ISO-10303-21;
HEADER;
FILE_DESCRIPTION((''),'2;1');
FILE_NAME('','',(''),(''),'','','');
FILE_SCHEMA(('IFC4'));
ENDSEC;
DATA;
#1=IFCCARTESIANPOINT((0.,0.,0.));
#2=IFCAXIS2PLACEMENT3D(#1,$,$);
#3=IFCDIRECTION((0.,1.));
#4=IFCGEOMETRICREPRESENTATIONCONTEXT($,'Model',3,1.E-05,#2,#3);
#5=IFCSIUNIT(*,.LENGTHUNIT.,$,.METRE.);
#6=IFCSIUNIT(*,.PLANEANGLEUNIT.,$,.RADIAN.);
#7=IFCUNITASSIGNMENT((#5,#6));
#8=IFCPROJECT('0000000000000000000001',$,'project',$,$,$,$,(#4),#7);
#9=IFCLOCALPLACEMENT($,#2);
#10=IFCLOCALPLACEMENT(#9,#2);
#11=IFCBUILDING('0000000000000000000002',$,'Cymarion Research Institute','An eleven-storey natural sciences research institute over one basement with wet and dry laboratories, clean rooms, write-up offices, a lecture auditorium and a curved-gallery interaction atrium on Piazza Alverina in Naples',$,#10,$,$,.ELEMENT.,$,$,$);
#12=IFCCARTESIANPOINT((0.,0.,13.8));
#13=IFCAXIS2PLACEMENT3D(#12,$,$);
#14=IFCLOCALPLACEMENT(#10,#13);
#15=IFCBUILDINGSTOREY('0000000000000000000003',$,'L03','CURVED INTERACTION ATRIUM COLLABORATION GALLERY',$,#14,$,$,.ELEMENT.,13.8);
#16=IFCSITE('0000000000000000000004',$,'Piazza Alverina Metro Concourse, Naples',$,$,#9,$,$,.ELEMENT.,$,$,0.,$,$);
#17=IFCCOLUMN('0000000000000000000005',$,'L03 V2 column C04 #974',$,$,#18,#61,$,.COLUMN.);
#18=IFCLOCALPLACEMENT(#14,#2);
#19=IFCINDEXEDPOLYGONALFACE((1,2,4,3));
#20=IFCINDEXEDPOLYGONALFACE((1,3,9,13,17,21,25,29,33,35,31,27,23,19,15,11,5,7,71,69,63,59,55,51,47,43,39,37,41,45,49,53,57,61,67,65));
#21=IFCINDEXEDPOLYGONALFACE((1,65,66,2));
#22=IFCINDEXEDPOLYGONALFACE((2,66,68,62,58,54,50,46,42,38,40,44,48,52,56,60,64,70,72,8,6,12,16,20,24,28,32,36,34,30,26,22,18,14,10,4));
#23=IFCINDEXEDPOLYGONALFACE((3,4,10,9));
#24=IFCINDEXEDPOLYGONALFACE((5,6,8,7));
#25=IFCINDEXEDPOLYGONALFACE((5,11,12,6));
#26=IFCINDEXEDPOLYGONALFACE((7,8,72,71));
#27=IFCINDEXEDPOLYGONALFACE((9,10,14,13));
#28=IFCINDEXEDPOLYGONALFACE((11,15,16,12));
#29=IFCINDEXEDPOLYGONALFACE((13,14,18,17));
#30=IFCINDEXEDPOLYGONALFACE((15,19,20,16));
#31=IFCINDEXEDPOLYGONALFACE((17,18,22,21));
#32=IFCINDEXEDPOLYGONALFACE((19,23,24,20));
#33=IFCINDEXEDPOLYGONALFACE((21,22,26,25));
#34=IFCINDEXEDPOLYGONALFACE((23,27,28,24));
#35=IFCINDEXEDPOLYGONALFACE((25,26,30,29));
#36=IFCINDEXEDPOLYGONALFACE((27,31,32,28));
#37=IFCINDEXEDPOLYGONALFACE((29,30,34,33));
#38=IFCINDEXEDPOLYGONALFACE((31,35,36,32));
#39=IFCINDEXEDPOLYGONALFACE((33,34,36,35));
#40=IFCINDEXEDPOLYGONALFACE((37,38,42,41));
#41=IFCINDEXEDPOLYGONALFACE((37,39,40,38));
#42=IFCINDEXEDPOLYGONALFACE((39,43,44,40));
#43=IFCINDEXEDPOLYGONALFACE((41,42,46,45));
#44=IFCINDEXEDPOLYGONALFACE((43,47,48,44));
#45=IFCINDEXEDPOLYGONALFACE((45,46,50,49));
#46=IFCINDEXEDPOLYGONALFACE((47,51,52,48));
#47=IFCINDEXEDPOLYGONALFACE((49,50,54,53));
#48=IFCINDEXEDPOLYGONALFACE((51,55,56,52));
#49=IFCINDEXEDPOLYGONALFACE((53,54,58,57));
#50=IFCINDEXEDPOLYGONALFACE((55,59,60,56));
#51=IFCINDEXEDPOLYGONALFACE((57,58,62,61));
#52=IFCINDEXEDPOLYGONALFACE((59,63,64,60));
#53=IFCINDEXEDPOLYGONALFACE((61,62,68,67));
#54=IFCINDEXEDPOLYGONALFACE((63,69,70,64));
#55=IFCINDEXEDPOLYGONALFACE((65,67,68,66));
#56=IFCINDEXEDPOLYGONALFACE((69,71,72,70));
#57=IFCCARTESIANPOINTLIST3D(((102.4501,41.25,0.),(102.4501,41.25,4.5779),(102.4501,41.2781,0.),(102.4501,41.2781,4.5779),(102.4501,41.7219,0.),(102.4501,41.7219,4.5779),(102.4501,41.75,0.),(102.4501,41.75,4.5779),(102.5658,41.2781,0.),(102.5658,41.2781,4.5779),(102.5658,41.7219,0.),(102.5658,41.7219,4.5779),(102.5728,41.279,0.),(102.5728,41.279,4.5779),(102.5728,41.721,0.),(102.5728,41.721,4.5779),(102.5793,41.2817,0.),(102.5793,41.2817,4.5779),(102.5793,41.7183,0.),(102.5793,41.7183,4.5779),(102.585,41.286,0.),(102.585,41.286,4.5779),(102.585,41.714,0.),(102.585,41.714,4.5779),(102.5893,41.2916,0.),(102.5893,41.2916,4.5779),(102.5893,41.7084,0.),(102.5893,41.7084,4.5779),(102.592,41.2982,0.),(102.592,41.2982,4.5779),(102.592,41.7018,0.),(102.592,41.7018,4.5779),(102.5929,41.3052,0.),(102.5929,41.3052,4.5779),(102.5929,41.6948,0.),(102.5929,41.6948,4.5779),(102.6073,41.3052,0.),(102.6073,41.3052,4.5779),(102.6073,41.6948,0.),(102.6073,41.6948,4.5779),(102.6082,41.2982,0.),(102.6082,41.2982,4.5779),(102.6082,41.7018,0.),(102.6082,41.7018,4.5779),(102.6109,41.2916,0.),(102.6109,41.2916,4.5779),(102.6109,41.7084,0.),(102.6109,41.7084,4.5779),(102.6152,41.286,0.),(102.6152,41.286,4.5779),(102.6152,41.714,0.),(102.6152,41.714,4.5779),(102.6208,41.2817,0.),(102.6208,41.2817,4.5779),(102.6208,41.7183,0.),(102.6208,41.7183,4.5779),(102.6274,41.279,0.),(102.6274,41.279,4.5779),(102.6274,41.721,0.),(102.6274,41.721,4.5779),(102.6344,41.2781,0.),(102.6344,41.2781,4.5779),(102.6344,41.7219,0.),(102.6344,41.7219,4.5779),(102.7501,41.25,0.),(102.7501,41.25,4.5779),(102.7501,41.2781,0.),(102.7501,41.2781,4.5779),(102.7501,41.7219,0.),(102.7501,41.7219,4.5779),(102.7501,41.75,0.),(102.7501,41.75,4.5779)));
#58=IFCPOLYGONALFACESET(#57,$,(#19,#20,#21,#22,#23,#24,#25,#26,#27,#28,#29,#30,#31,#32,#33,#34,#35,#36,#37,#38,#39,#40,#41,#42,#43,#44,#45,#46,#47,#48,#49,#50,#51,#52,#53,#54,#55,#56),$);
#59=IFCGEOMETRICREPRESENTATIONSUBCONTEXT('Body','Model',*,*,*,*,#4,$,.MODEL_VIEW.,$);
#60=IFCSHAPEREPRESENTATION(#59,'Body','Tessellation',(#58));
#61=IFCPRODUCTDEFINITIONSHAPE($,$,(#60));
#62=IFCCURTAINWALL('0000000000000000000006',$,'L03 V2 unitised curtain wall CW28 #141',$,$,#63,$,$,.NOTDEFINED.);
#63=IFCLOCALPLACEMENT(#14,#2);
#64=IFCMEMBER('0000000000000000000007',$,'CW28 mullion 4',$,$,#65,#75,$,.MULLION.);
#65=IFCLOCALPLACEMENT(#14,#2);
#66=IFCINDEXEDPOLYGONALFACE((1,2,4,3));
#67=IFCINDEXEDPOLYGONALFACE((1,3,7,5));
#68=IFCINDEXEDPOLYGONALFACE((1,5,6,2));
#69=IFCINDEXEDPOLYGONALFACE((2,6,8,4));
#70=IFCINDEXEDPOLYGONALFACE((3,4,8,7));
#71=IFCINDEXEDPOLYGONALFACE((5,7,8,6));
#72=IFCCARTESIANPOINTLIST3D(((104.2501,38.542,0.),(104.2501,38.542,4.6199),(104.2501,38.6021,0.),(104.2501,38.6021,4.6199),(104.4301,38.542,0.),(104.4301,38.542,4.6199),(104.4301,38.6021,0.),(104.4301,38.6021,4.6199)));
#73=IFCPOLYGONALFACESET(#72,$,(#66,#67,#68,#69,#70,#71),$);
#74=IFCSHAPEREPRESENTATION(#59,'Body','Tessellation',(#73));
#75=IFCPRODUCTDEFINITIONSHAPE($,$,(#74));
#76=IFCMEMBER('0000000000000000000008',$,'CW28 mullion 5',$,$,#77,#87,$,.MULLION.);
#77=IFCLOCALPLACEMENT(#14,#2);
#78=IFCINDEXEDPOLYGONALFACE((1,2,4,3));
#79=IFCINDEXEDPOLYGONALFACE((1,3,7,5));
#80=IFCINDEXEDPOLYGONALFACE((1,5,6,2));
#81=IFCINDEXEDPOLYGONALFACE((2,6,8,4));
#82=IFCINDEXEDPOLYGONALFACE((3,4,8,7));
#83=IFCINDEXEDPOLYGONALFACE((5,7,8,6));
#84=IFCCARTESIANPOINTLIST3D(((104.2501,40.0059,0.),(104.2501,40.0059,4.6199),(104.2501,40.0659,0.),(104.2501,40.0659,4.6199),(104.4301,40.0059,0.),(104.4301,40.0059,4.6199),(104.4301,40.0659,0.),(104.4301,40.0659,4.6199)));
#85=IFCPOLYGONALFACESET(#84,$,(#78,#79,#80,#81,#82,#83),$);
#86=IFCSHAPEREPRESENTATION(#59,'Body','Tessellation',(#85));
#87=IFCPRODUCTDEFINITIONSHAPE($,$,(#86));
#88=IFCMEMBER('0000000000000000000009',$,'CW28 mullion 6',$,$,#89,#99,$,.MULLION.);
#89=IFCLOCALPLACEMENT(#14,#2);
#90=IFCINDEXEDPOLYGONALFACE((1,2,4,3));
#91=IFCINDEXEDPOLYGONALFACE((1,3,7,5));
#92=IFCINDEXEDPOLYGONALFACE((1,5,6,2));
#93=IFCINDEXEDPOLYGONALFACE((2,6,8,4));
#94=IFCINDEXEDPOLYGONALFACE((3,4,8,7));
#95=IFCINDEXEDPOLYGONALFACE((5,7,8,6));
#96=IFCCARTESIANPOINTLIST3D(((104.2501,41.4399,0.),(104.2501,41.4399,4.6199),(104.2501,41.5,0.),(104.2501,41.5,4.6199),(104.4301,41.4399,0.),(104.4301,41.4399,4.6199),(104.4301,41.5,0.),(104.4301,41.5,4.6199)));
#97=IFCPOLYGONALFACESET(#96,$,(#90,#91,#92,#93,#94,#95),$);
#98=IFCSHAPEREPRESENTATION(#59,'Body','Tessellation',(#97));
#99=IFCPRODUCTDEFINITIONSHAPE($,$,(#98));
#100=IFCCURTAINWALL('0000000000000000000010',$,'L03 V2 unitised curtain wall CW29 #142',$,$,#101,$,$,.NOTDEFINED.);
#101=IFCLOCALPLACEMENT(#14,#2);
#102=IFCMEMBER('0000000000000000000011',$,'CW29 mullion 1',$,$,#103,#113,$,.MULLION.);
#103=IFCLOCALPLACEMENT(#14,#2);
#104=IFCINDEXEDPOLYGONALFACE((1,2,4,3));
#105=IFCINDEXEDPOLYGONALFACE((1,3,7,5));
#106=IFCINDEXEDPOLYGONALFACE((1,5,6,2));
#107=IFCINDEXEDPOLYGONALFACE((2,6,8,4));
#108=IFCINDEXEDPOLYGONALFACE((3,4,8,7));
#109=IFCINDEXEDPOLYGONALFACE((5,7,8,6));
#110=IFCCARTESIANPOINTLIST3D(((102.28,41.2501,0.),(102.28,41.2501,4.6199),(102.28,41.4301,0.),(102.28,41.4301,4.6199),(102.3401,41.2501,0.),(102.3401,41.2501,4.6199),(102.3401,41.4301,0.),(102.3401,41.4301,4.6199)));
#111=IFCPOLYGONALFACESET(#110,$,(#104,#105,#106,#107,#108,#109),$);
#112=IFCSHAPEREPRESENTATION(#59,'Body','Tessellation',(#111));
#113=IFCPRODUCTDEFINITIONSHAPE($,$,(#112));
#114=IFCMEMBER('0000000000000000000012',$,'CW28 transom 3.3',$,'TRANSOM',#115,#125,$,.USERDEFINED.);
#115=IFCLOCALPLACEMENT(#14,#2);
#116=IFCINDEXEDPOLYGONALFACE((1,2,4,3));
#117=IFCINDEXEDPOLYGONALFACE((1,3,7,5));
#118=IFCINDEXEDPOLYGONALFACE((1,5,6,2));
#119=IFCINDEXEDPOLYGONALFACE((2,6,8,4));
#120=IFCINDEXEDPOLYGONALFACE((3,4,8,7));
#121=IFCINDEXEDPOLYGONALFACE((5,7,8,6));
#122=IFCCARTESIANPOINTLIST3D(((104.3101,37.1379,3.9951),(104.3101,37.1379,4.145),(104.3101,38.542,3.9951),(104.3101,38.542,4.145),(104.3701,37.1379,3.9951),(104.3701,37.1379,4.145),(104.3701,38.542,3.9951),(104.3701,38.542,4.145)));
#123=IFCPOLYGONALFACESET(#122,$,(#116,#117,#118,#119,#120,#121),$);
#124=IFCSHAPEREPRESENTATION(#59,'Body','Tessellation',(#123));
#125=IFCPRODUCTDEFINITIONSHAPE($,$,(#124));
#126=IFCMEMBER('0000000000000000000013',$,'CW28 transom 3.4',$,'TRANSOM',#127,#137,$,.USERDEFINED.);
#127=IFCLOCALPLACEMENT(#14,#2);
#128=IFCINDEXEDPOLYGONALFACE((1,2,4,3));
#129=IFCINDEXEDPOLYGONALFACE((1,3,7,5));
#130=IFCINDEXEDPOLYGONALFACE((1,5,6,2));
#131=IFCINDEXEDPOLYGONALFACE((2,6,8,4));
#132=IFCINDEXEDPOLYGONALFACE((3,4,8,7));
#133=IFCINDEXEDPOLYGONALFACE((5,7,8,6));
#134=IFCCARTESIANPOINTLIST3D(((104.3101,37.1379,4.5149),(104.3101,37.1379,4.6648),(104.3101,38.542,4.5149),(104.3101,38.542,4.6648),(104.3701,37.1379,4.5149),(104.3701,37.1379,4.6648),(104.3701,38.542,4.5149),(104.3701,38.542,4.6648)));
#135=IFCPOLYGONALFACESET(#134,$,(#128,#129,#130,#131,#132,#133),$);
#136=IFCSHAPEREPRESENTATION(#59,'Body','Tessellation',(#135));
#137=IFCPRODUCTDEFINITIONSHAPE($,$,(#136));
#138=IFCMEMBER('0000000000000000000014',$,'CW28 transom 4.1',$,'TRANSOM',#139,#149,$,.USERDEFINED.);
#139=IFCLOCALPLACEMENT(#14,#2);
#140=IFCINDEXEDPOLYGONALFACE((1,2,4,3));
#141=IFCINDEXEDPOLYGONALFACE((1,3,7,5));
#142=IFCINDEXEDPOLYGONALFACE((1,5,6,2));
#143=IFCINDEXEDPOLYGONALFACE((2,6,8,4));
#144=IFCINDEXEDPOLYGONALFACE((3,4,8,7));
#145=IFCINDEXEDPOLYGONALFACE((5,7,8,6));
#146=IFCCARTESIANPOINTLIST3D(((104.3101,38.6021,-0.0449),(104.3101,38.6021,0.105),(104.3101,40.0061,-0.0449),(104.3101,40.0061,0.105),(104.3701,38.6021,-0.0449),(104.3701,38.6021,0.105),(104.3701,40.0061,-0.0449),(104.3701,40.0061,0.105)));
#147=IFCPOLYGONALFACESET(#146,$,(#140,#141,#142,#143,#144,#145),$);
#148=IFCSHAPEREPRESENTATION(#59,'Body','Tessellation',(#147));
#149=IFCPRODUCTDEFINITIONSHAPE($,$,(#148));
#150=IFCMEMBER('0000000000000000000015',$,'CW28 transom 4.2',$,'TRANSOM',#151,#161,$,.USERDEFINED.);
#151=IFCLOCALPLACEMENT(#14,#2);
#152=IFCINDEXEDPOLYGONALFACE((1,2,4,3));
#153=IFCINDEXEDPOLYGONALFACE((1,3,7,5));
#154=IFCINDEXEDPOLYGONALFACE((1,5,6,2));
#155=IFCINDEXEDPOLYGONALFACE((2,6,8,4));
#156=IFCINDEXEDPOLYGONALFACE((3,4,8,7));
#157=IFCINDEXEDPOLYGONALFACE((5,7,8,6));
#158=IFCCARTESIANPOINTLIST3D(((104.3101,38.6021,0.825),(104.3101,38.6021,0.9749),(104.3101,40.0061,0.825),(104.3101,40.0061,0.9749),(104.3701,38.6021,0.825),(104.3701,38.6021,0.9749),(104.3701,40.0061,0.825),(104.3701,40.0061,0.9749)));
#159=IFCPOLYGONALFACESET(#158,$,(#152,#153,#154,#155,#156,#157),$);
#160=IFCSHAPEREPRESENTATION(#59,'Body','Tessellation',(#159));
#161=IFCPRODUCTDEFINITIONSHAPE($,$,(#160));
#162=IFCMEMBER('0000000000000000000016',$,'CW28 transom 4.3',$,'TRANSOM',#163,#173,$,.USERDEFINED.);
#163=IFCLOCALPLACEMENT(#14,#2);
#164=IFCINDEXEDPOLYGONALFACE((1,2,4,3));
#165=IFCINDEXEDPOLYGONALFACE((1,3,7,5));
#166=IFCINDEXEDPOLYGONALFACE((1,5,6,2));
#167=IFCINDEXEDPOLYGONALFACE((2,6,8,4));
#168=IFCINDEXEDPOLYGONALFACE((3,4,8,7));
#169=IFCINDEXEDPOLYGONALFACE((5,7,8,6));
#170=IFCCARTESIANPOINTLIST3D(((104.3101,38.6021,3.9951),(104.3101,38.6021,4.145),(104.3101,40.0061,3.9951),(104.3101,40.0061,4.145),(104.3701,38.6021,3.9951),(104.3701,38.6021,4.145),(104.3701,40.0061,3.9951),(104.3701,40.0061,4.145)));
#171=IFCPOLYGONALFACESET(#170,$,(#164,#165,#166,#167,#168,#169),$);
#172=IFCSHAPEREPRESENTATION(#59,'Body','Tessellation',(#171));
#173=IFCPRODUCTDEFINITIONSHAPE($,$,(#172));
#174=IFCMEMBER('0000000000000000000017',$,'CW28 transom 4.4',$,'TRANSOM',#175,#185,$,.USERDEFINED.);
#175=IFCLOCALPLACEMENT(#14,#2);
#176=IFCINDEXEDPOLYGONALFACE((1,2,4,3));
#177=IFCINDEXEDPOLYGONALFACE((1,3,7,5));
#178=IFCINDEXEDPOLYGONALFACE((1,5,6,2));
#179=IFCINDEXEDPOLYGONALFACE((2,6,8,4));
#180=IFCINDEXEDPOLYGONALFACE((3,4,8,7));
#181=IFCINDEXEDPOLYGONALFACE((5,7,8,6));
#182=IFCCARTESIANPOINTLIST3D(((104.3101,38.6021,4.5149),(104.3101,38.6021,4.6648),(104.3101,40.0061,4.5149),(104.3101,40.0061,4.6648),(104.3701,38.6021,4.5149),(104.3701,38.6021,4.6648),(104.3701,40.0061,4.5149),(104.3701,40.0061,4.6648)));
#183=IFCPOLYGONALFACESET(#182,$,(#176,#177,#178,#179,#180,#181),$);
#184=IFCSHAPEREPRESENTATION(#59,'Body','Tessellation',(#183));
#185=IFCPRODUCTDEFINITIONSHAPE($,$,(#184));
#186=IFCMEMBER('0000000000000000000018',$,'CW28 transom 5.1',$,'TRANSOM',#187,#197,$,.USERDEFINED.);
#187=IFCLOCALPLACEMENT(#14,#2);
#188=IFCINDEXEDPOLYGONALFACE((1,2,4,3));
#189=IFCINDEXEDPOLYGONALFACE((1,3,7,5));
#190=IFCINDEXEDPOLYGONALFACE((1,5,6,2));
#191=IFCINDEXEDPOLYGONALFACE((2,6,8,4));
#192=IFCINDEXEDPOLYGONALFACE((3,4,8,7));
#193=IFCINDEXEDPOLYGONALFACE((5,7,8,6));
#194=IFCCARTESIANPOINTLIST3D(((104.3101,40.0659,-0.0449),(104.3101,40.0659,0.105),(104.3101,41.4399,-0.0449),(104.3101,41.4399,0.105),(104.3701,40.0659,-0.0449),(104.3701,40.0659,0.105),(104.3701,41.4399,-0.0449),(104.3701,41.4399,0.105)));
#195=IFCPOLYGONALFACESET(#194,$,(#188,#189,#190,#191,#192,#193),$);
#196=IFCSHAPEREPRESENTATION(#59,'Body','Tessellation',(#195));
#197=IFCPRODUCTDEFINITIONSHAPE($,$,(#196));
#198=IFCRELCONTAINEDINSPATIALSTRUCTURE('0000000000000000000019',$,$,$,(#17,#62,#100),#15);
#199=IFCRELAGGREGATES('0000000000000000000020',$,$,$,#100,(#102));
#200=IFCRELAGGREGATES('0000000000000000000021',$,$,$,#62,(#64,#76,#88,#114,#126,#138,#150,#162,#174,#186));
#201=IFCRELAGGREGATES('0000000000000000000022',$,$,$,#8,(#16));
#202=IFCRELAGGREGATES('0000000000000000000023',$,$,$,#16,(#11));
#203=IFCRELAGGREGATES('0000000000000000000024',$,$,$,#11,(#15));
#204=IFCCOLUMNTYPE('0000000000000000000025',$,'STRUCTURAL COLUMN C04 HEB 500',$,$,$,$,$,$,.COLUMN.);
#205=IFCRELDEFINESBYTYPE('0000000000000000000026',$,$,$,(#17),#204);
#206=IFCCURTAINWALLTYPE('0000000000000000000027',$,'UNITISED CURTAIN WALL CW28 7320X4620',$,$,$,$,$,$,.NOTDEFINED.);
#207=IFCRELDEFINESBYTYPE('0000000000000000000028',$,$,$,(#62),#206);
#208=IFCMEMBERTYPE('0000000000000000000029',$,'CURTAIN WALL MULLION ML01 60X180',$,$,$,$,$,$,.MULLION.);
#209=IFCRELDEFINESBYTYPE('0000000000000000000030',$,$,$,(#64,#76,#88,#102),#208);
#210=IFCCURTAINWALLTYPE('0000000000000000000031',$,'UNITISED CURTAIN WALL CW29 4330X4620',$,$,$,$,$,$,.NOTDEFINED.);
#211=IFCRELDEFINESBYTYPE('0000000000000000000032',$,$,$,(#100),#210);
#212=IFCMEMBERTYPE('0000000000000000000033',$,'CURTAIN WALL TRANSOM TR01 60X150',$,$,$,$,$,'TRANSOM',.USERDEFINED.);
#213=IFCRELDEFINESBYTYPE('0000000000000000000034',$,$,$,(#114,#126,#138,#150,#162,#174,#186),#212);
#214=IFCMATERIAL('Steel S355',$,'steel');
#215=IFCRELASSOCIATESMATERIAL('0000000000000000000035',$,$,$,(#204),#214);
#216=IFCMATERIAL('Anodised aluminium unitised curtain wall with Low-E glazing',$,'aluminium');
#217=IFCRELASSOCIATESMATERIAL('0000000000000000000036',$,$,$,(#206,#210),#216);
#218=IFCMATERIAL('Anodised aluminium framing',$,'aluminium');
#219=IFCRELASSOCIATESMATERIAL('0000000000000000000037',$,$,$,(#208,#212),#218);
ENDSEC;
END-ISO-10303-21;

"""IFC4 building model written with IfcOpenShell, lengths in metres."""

from ifc_helpers import new_model, si_unit, direction, frame, origin, origin_2d, place, context, subcontext, project, spatial, rectangle, i_section, extrude, material, material_profile, profile_set, type_object, element, aggregate, save


model = new_model("IFC4")

# Units and contexts
model_context = context("Model", 3, precision=1e-05, world=origin(), true_north=direction((0.0, 1.0)))
body_context = subcontext(model_context, "Body", "Model", "MODEL_VIEW")
ifc_project = project(units=[si_unit("LENGTHUNIT", "METRE"), si_unit("PLANEANGLEUNIT", "RADIAN")], contexts=[model_context])

# Site, building, storey
site_placement = place(None, origin())
site = spatial("IfcSite", under=ifc_project, at=site_placement, Name="Piazza Alverina Metro Concourse, Naples", CompositionType="ELEMENT", RefElevation=0.0)
building_placement = place(site_placement, origin())
building = spatial("IfcBuilding", under=site, at=building_placement, Name="Cymarion Research Institute", Description="An eleven-storey natural sciences research institute over one basement with wet and dry laboratories, clean rooms, write-up offices, a lecture auditorium and a curved-gallery interaction atrium on Piazza Alverina in Naples", CompositionType="ELEMENT")
storey_placement = place(building_placement, frame((0.0, 0.0, 13.8)))
storey = spatial("IfcBuildingStorey", under=building, at=storey_placement, Name="L03", Description="CURVED INTERACTION ATRIUM COLLABORATION GALLERY", CompositionType="ELEMENT", Elevation=13.8)

# Column
ifc_material_1 = material(Name="Steel S355", Category="steel")
ifc_material_profile_1 = material_profile(ifc_material_1, i_section(OverallWidth=0.3, OverallDepth=0.5, WebThickness=0.0144, FlangeThickness=0.0281, FilletRadius=0.0271, at=origin_2d()), Name="HEB 500")
ifc_profile_set_1 = profile_set([ifc_material_profile_1], Name="Steel S355")
column_type = type_object("IfcColumnType", Name="STRUCTURAL COLUMN C04 HEB 500", PredefinedType="COLUMN", material=ifc_profile_set_1)
column_placement = place(storey_placement, frame((102.6001, 41.5, 0.0), z_axis=(0.0, 0.0, 1.0), x_axis=(1.0, 0.0, 0.0)))
element("IfcColumn", 1, at=column_placement, inside=storey, type_object=column_type, Name="L03 V2 column C04 #974", PredefinedType="COLUMN", context=body_context, shape_type="SweptSolid", body=[
    extrude(i_section(OverallWidth=0.3, OverallDepth=0.5, WebThickness=0.0144, FlangeThickness=0.0281, FilletRadius=0.0271, at=origin_2d()), origin(), (0.0, 0.0, 1.0), 4.5779),
])

# Curtain wall, members
ifc_material_2 = material(Name="Anodised aluminium unitised curtain wall with Low-E glazing", Category="aluminium")
curtain_wall_type_1 = type_object("IfcCurtainWallType", Name="UNITISED CURTAIN WALL CW28 7320X4620", PredefinedType="NOTDEFINED", material=ifc_material_2)
curtain_wall_1_placement = place(storey_placement, origin())
curtain_wall_1 = element("IfcCurtainWall", 2, at=curtain_wall_1_placement, inside=storey, type_object=curtain_wall_type_1, Name="L03 V2 unitised curtain wall CW28 #141", PredefinedType="NOTDEFINED")
ifc_material_3 = material(Name="Anodised aluminium framing", Category="aluminium")
ifc_material_profile_2 = material_profile(ifc_material_3, rectangle(XDim=0.0601, YDim=0.1799, at=origin_2d()), Name="ALU MULLION 60x180")
ifc_profile_set_2 = profile_set([ifc_material_profile_2], Name="Anodised aluminium framing")
member_type_1 = type_object("IfcMemberType", Name="CURTAIN WALL MULLION ML01 60X180", PredefinedType="MULLION", material=ifc_profile_set_2)
member_1_placement = place(storey_placement, frame((104.3401, 38.572, 0.0), z_axis=(0.0, 0.0, 1.0), x_axis=(0.0, 1.0, 0.0)))
member_1 = element("IfcMember", 3, at=member_1_placement, type_object=member_type_1, Name="CW28 mullion 4", PredefinedType="MULLION", context=body_context, shape_type="SweptSolid", body=[
    extrude(rectangle(XDim=0.0601, YDim=0.1799, at=origin_2d()), origin(), (0.0, 0.0, 1.0), 4.6199),
])
member_2_placement = place(storey_placement, frame((104.3401, 40.0359, 0.0), z_axis=(0.0, 0.0, 1.0), x_axis=(0.0, 1.0, 0.0)))
member_2 = element("IfcMember", 4, at=member_2_placement, type_object=member_type_1, Name="CW28 mullion 5", PredefinedType="MULLION", context=body_context, shape_type="SweptSolid", body=[
    extrude(rectangle(XDim=0.0601, YDim=0.1799, at=origin_2d()), origin(), (0.0, 0.0, 1.0), 4.6199),
])
member_3_placement = place(storey_placement, frame((104.3401, 41.47, 0.0), z_axis=(0.0, 0.0, 1.0), x_axis=(0.0, 1.0, 0.0)))
member_3 = element("IfcMember", 5, at=member_3_placement, type_object=member_type_1, Name="CW28 mullion 6", PredefinedType="MULLION", context=body_context, shape_type="SweptSolid", body=[
    extrude(rectangle(XDim=0.0601, YDim=0.1799, at=origin_2d()), origin(), (0.0, 0.0, 1.0), 4.6199),
])

# Curtain wall, member
curtain_wall_type_2 = type_object("IfcCurtainWallType", Name="UNITISED CURTAIN WALL CW29 4330X4620", PredefinedType="NOTDEFINED", material=ifc_material_2)
curtain_wall_2_placement = place(storey_placement, origin())
curtain_wall_2 = element("IfcCurtainWall", 6, at=curtain_wall_2_placement, inside=storey, type_object=curtain_wall_type_2, Name="L03 V2 unitised curtain wall CW29 #142", PredefinedType="NOTDEFINED")
member_4_placement = place(storey_placement, frame((102.3101, 41.3401, 0.0), z_axis=(0.0, 0.0, 1.0), x_axis=(-1.0, 0.0, 0.0)))
member_4 = element("IfcMember", 7, at=member_4_placement, type_object=member_type_1, Name="CW29 mullion 1", PredefinedType="MULLION", context=body_context, shape_type="SweptSolid", body=[
    extrude(rectangle(XDim=0.0601, YDim=0.1799, at=origin_2d()), origin(), (0.0, 0.0, 1.0), 4.6199),
])
aggregate(curtain_wall_2, [member_4])

# Members
ifc_material_profile_3 = material_profile(ifc_material_3, rectangle(XDim=0.0601, YDim=0.1499, at=origin_2d()), Name="ALU TRANSOM 60x150")
ifc_profile_set_3 = profile_set([ifc_material_profile_3], Name="Anodised aluminium framing")
member_type_2 = type_object("IfcMemberType", Name="CURTAIN WALL TRANSOM TR01 60X150", ElementType="TRANSOM", PredefinedType="USERDEFINED", material=ifc_profile_set_3)
member_5_placement = place(storey_placement, frame((104.3401, 37.1379, 4.0701), z_axis=(0.0, 1.0, 0.0), x_axis=(-1.0, 0.0, 0.0)))
member_5 = element("IfcMember", 8, at=member_5_placement, type_object=member_type_2, Name="CW28 transom 3.3", ObjectType="TRANSOM", PredefinedType="USERDEFINED", context=body_context, shape_type="SweptSolid", body=[
    extrude(rectangle(XDim=0.0601, YDim=0.1499, at=origin_2d()), origin(), (0.0, 0.0, 1.0), 1.4041),
])
member_6_placement = place(storey_placement, frame((104.3401, 37.1379, 4.5898), z_axis=(0.0, 1.0, 0.0), x_axis=(-1.0, 0.0, 0.0)))
member_6 = element("IfcMember", 9, at=member_6_placement, type_object=member_type_2, Name="CW28 transom 3.4", ObjectType="TRANSOM", PredefinedType="USERDEFINED", context=body_context, shape_type="SweptSolid", body=[
    extrude(rectangle(XDim=0.0601, YDim=0.1499, at=origin_2d()), origin(), (0.0, 0.0, 1.0), 1.4041),
])
member_7_placement = place(storey_placement, frame((104.3401, 38.6021, 0.03), z_axis=(0.0, 1.0, 0.0), x_axis=(-1.0, 0.0, 0.0)))
member_7 = element("IfcMember", 10, at=member_7_placement, type_object=member_type_2, Name="CW28 transom 4.1", ObjectType="TRANSOM", PredefinedType="USERDEFINED", context=body_context, shape_type="SweptSolid", body=[
    extrude(rectangle(XDim=0.0601, YDim=0.1499, at=origin_2d()), origin(), (0.0, 0.0, 1.0), 1.4041),
])
member_8_placement = place(storey_placement, frame((104.3401, 38.6021, 0.8999), z_axis=(0.0, 1.0, 0.0), x_axis=(-1.0, 0.0, 0.0)))
member_8 = element("IfcMember", 11, at=member_8_placement, type_object=member_type_2, Name="CW28 transom 4.2", ObjectType="TRANSOM", PredefinedType="USERDEFINED", context=body_context, shape_type="SweptSolid", body=[
    extrude(rectangle(XDim=0.0601, YDim=0.1499, at=origin_2d()), origin(), (0.0, 0.0, 1.0), 1.4041),
])
member_9_placement = place(storey_placement, frame((104.3401, 38.6021, 4.0701), z_axis=(0.0, 1.0, 0.0), x_axis=(-1.0, 0.0, 0.0)))
member_9 = element("IfcMember", 12, at=member_9_placement, type_object=member_type_2, Name="CW28 transom 4.3", ObjectType="TRANSOM", PredefinedType="USERDEFINED", context=body_context, shape_type="SweptSolid", body=[
    extrude(rectangle(XDim=0.0601, YDim=0.1499, at=origin_2d()), origin(), (0.0, 0.0, 1.0), 1.4041),
])
member_10_placement = place(storey_placement, frame((104.3401, 38.6021, 4.5898), z_axis=(0.0, 1.0, 0.0), x_axis=(-1.0, 0.0, 0.0)))
member_10 = element("IfcMember", 13, at=member_10_placement, type_object=member_type_2, Name="CW28 transom 4.4", ObjectType="TRANSOM", PredefinedType="USERDEFINED", context=body_context, shape_type="SweptSolid", body=[
    extrude(rectangle(XDim=0.0601, YDim=0.1499, at=origin_2d()), origin(), (0.0, 0.0, 1.0), 1.4041),
])
member_11_placement = place(storey_placement, frame((104.3401, 40.0659, 0.03), z_axis=(0.0, 1.0, 0.0), x_axis=(-1.0, 0.0, 0.0)))
member_11 = element("IfcMember", 14, at=member_11_placement, type_object=member_type_2, Name="CW28 transom 5.1", ObjectType="TRANSOM", PredefinedType="USERDEFINED", context=body_context, shape_type="SweptSolid", body=[
    extrude(rectangle(XDim=0.0601, YDim=0.1499, at=origin_2d()), origin(), (0.0, 0.0, 1.0), 1.374),
])

aggregate(curtain_wall_1, [member_1, member_2, member_3, member_5, member_6, member_7, member_8, member_9, member_10, member_11])

save(model, "model.ifc")
